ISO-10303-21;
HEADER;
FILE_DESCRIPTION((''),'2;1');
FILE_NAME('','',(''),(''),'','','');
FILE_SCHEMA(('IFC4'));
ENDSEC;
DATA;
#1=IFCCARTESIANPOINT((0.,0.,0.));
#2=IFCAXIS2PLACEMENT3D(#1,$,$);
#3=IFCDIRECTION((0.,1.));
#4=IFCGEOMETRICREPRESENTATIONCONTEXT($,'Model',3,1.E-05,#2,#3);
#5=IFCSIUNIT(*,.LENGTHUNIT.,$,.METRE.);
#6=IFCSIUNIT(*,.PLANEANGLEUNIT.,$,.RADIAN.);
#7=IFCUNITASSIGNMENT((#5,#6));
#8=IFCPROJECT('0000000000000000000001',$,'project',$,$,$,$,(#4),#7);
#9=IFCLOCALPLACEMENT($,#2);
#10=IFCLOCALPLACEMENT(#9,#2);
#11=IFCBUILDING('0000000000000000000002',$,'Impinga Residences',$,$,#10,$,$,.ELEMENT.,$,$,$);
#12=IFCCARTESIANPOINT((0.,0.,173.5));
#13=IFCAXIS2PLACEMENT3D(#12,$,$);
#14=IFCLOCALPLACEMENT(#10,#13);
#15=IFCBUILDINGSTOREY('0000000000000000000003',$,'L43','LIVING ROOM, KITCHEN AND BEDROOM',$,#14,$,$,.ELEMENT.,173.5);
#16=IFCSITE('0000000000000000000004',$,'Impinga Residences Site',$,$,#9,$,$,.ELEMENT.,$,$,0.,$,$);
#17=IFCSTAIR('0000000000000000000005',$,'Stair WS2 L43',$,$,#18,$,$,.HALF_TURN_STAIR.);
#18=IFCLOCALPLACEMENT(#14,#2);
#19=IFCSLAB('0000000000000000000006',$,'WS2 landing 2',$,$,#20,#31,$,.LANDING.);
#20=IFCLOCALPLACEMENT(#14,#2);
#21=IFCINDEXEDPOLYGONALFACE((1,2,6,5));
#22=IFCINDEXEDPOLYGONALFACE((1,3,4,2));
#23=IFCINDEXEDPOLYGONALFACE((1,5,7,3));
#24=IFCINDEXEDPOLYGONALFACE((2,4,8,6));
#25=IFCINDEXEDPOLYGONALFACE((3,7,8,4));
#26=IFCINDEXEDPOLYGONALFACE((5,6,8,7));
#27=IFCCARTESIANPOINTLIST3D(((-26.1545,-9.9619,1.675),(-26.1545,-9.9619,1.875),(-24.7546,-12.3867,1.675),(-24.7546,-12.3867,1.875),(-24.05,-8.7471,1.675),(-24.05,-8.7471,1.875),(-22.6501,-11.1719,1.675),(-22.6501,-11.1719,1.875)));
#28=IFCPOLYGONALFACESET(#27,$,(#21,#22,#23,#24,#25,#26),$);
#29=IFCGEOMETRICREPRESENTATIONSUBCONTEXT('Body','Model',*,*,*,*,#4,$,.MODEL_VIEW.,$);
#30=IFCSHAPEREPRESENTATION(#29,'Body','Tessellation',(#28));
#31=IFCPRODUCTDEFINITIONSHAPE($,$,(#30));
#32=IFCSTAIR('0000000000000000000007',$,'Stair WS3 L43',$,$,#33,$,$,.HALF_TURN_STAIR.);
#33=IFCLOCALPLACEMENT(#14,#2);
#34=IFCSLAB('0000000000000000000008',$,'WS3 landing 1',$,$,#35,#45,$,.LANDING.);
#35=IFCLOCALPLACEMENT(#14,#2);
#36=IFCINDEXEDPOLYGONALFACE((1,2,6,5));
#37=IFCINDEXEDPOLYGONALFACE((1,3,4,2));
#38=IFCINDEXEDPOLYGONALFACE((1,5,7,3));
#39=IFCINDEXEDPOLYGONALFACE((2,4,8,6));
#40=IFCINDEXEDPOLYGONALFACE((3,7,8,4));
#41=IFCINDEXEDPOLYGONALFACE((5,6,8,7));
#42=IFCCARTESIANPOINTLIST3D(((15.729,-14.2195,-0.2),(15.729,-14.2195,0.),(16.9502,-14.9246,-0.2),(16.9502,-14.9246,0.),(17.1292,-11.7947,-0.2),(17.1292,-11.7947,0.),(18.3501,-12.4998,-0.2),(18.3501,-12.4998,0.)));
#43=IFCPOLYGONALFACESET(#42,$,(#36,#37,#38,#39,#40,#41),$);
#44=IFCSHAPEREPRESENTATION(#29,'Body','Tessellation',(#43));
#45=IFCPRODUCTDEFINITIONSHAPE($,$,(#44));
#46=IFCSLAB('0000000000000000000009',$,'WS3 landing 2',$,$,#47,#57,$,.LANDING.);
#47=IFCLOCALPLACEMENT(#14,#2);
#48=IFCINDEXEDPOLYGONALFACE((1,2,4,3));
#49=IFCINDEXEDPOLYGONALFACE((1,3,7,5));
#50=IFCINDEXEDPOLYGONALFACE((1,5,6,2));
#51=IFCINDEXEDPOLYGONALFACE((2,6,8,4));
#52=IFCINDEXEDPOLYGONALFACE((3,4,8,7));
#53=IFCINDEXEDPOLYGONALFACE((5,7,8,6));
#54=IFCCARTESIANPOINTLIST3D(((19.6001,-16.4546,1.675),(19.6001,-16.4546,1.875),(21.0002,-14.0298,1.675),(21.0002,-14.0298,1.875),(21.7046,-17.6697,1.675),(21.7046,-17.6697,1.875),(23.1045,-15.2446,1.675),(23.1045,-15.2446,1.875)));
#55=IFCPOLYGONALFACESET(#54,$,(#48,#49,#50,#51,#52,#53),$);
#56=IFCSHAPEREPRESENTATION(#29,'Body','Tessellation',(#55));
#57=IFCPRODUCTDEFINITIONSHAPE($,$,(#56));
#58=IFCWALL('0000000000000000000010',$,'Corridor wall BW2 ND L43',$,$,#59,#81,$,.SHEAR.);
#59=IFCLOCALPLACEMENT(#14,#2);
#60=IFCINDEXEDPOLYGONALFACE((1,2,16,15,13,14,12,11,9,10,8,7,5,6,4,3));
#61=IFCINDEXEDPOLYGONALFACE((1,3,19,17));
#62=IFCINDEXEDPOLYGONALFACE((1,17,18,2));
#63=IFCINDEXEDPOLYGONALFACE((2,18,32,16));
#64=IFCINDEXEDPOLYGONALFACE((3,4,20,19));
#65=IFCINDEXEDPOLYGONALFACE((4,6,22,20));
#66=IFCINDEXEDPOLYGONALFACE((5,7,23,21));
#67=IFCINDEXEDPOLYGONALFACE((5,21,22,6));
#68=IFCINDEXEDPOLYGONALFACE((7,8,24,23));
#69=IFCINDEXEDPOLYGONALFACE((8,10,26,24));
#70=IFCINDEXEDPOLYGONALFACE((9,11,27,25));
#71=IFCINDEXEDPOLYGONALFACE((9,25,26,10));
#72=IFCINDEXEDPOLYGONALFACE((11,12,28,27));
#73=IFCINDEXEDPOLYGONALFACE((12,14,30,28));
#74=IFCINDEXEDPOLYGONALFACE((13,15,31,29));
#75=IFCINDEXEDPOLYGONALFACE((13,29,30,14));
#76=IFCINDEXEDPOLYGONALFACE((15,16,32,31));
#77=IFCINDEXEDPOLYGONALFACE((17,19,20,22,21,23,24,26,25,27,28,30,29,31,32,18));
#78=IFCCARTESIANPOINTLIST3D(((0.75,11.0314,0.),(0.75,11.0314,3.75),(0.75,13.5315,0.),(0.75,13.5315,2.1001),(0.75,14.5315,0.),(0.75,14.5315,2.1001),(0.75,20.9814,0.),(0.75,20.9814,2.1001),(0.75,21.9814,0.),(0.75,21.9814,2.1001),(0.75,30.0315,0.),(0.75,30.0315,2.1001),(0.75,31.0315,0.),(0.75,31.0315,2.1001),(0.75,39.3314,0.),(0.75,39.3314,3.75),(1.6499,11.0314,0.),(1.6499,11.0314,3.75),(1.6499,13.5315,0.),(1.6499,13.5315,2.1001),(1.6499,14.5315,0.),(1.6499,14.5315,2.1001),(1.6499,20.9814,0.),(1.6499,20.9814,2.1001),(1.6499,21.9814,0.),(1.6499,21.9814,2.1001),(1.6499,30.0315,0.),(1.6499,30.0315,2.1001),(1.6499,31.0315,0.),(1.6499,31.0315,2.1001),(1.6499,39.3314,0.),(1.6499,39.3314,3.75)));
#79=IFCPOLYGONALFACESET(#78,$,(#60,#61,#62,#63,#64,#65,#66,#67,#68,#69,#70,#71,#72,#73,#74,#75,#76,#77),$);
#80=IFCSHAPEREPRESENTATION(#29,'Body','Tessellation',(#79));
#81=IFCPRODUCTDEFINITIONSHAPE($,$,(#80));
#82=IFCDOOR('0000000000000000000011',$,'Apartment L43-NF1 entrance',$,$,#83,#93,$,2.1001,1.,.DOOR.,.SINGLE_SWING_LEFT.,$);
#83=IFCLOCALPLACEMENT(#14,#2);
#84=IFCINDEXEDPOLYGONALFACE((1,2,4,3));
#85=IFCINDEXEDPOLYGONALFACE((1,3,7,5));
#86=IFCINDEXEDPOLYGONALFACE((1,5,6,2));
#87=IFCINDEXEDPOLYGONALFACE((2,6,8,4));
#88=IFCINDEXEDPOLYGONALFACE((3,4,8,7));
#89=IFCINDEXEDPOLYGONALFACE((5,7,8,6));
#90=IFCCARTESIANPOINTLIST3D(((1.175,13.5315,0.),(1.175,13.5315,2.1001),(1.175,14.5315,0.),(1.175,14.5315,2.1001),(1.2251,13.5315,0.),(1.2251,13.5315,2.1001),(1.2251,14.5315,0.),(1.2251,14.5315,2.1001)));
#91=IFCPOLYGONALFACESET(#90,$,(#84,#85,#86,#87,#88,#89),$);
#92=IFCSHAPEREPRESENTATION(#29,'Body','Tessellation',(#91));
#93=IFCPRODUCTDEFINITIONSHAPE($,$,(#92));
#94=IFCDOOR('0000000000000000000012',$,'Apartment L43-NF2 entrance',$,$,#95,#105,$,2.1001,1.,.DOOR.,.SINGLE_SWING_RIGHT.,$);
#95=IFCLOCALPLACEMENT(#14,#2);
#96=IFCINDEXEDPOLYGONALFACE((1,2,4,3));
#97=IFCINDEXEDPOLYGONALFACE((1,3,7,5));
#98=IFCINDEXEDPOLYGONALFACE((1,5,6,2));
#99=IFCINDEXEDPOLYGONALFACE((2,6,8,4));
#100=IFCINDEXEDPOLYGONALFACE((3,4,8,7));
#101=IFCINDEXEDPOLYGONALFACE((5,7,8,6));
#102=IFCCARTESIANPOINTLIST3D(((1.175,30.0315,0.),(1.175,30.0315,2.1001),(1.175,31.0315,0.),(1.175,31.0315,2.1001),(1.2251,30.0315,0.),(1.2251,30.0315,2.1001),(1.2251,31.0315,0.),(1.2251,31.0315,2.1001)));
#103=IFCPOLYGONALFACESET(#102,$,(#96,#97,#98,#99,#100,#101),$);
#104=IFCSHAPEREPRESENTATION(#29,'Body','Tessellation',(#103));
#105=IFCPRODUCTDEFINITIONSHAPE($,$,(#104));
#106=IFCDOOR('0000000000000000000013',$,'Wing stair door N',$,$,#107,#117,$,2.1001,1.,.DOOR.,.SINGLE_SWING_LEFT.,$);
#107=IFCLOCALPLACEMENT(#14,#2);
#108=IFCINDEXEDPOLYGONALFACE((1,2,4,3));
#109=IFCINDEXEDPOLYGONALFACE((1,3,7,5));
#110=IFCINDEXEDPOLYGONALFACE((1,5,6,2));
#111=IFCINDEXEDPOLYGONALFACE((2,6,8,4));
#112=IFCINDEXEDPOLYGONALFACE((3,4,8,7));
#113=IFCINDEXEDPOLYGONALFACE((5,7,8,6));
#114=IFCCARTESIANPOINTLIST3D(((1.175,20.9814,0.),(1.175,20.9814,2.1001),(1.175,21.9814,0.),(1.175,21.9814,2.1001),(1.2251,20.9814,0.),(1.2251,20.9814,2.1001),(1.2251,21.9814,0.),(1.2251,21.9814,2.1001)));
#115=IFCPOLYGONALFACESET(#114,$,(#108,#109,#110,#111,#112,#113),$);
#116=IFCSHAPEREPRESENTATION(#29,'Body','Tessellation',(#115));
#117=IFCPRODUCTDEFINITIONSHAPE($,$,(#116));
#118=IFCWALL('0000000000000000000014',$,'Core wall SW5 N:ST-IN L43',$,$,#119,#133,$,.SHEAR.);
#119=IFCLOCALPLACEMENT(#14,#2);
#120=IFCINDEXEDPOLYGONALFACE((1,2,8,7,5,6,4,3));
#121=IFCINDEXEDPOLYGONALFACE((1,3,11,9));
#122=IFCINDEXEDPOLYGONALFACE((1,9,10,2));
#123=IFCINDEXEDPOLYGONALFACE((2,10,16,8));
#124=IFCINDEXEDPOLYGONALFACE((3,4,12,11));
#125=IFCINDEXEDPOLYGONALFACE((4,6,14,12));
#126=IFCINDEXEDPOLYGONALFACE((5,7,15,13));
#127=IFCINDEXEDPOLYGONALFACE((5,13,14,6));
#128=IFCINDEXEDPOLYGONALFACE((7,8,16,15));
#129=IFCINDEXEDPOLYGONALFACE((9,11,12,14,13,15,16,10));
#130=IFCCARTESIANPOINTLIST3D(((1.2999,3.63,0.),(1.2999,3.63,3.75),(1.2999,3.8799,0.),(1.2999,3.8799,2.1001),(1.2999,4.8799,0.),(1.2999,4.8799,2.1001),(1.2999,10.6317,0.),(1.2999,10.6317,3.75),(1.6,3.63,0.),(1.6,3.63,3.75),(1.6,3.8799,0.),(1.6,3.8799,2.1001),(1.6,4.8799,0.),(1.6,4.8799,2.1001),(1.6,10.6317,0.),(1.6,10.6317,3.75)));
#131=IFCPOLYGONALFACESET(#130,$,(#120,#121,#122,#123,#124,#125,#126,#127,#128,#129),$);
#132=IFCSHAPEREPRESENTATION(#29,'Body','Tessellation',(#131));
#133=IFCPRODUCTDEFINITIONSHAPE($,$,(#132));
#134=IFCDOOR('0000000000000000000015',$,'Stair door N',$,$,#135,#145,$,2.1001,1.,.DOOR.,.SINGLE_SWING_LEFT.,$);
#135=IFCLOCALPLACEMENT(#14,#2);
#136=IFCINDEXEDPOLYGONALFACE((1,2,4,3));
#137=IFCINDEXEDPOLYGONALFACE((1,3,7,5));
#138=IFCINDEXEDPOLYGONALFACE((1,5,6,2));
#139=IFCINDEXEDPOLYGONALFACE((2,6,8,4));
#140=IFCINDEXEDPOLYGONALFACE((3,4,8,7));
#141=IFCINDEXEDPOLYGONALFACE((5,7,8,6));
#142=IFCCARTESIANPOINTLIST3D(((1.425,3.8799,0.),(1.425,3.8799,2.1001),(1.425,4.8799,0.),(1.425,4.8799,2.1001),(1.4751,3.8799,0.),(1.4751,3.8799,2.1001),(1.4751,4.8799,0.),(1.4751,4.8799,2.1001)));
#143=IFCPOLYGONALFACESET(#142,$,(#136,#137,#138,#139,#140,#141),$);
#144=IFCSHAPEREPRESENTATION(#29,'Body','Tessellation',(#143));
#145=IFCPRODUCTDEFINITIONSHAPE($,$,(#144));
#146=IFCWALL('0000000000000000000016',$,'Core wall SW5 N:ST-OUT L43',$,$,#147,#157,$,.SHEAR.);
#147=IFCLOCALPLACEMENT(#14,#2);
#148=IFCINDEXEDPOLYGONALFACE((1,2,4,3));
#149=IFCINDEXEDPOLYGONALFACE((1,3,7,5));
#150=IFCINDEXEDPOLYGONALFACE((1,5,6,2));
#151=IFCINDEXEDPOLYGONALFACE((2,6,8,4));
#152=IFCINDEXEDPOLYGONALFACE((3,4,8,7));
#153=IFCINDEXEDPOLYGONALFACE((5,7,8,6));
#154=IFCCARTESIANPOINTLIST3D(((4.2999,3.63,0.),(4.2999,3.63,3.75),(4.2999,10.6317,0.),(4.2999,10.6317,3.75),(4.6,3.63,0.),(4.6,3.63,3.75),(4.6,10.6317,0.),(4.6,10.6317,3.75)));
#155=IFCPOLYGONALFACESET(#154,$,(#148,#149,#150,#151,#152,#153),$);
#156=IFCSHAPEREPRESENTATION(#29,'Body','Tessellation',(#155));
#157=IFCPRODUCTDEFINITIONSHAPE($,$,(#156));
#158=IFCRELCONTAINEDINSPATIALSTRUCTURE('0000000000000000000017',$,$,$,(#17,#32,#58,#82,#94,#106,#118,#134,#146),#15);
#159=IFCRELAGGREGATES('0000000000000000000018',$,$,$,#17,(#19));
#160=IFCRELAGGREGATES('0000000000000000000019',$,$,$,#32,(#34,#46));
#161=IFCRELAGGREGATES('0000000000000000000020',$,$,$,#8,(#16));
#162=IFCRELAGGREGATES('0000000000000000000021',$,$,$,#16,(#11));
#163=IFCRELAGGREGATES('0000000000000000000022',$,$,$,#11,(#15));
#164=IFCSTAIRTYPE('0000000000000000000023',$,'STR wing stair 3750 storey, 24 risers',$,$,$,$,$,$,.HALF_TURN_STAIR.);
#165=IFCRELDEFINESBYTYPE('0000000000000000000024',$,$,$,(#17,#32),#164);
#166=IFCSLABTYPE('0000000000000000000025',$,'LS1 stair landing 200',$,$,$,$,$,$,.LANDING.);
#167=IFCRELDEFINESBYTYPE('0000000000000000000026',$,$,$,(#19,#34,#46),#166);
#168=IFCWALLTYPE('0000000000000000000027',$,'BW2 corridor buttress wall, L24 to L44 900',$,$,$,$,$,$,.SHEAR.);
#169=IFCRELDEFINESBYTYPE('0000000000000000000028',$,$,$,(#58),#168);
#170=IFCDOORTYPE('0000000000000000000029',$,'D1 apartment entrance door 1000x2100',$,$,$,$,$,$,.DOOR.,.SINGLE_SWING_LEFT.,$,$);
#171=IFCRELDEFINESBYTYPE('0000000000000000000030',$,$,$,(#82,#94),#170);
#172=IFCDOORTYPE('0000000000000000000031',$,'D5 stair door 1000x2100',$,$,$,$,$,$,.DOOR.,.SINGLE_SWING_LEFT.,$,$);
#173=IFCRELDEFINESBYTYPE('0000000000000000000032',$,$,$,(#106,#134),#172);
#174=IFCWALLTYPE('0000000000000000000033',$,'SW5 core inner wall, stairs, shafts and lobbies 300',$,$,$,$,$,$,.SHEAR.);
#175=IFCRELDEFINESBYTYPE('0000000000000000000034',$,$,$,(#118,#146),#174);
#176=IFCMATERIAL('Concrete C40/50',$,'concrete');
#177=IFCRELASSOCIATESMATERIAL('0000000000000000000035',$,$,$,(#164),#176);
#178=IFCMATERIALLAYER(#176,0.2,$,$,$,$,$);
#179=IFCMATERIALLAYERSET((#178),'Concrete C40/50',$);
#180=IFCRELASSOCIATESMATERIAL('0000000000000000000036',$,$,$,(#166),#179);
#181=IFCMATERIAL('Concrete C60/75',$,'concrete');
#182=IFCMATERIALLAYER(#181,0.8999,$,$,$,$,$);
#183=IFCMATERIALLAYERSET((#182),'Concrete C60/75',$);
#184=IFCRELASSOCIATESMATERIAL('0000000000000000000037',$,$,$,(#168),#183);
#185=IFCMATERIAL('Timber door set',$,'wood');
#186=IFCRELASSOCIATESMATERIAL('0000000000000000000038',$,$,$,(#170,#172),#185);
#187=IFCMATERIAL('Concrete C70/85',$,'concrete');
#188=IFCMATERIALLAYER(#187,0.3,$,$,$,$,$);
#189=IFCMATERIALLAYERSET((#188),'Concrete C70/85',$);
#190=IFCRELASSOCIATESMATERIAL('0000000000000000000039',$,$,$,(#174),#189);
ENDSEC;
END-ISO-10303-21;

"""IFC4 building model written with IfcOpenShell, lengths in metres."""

from ifc_helpers import new_model, si_unit, direction, frame, frame_2d, origin, place, context, subcontext, project, spatial, polyline, rectangle, outline, extrude, material, layer, layer_set, type_object, element, fill, aggregate, save


model = new_model("IFC4")

# Units and contexts
model_context = context("Model", 3, precision=1e-05, world=origin(), true_north=direction((0.0, 1.0)))
body_context = subcontext(model_context, "Body", "Model", "MODEL_VIEW")
ifc_project = project(units=[si_unit("LENGTHUNIT", "METRE"), si_unit("PLANEANGLEUNIT", "RADIAN")], contexts=[model_context])

# Site, building, storey
site_placement = place(None, origin())
site = spatial("IfcSite", under=ifc_project, at=site_placement, Name="Impinga Residences Site", CompositionType="ELEMENT", RefElevation=0.0)
building_placement = place(site_placement, origin())
building = spatial("IfcBuilding", under=site, at=building_placement, Name="Impinga Residences", CompositionType="ELEMENT")
storey_placement = place(building_placement, frame((0.0, 0.0, 173.5)))
storey = spatial("IfcBuildingStorey", under=building, at=storey_placement, Name="L43", Description="LIVING ROOM, KITCHEN AND BEDROOM", CompositionType="ELEMENT", Elevation=173.5)

# Stair, slab
ifc_material_1 = material(Name="Concrete C40/50", Category="concrete")
stair_type_1 = type_object("IfcStairType", Name="STR wing stair 3750 storey, 24 risers", PredefinedType="HALF_TURN_STAIR", material=ifc_material_1)
stair_1_placement = place(storey_placement, origin())
stair_1 = element("IfcStair", 1, at=stair_1_placement, inside=storey, type_object=stair_type_1, Name="Stair WS2 L43", PredefinedType="HALF_TURN_STAIR")
ifc_layer_1 = layer(ifc_material_1, 0.2)
ifc_layer_set_1 = layer_set([ifc_layer_1], Name="Concrete C40/50")
slab_type = type_object("IfcSlabType", Name="LS1 stair landing 200", PredefinedType="LANDING", material=ifc_layer_set_1)
slab_1_placement = place(storey_placement, frame((0.0, 0.0, 1.675)))
slab_1 = element("IfcSlab", 2, at=slab_1_placement, type_object=slab_type, Name="WS2 landing 2", PredefinedType="LANDING", context=body_context, shape_type="SweptSolid", body=[
    extrude(outline(polyline([(-22.6501, -11.1719), (-24.05, -8.7471), (-26.1545, -9.9619), (-24.7546, -12.3867), (-22.6501, -11.1719)])), origin(), (0.0, 0.0, 1.0), 0.2),
])
aggregate(stair_1, [slab_1])

# Stair, slabs
stair_2_placement = place(storey_placement, origin())
stair_2 = element("IfcStair", 3, at=stair_2_placement, inside=storey, type_object=stair_type_1, Name="Stair WS3 L43", PredefinedType="HALF_TURN_STAIR")
slab_2_placement = place(storey_placement, frame((0.0, 0.0, -0.2)))
slab_2 = element("IfcSlab", 4, at=slab_2_placement, type_object=slab_type, Name="WS3 landing 1", PredefinedType="LANDING", context=body_context, shape_type="SweptSolid", body=[
    extrude(outline(polyline([(17.1292, -11.7947), (15.729, -14.2195), (16.9502, -14.9246), (18.3501, -12.4998), (17.1292, -11.7947)])), origin(), (0.0, 0.0, 1.0), 0.2),
])
slab_3_placement = place(storey_placement, frame((0.0, 0.0, 1.675)))
slab_3 = element("IfcSlab", 5, at=slab_3_placement, type_object=slab_type, Name="WS3 landing 2", PredefinedType="LANDING", context=body_context, shape_type="SweptSolid", body=[
    extrude(outline(polyline([(21.0002, -14.0298), (19.6001, -16.4546), (21.7046, -17.6697), (23.1045, -15.2446), (21.0002, -14.0298)])), origin(), (0.0, 0.0, 1.0), 0.2),
])
aggregate(stair_2, [slab_2, slab_3])

# Wall, openings, doors
ifc_material_2 = material(Name="Concrete C60/75", Category="concrete")
ifc_layer_2 = layer(ifc_material_2, 0.8999)
ifc_layer_set_2 = layer_set([ifc_layer_2], Name="Concrete C60/75")
wall_type_1 = type_object("IfcWallType", Name="BW2 corridor buttress wall, L24 to L44 900", PredefinedType="SHEAR", material=ifc_layer_set_2)
wall_1_placement = place(storey_placement, frame((1.2, 11.0315, 0.0), z_axis=(0.0, 0.0, 1.0), x_axis=(0.0, 1.0, 0.0)))
wall_1 = element("IfcWall", 6, at=wall_1_placement, inside=storey, type_object=wall_type_1, Name="Corridor wall BW2 ND L43", PredefinedType="SHEAR", context=body_context, shape_type="SweptSolid", body=[
    extrude(rectangle(XDim=28.3, YDim=0.8999, at=frame_2d((14.1499, 0.0))), origin(), (0.0, 0.0, 1.0), 3.75),
])
opening_1_placement = place(wall_1_placement, frame((9.95, 0.0, 0.0)))
opening_1 = element("IfcOpeningElement", 7, at=opening_1_placement, cuts=wall_1, PredefinedType="OPENING", context=body_context, shape_type="SweptSolid", body=[
    extrude(rectangle(XDim=1.0, YDim=2.1001, at=frame_2d((0.5, 1.05))), frame((0.0, 0.46, 0.0), z_axis=(0.0, -1.0, 0.0), x_axis=(1.0, 0.0, 0.0)), (0.0, 0.0, 1.0), 0.9199),
])
opening_2_placement = place(wall_1_placement, frame((2.5, 0.0, 0.0)))
opening_2 = element("IfcOpeningElement", 8, at=opening_2_placement, cuts=wall_1, PredefinedType="OPENING", context=body_context, shape_type="SweptSolid", body=[
    extrude(rectangle(XDim=1.0, YDim=2.1001, at=frame_2d((0.5, 1.05))), frame((0.0, 0.46, 0.0), z_axis=(0.0, -1.0, 0.0), x_axis=(1.0, 0.0, 0.0)), (0.0, 0.0, 1.0), 0.9199),
])
opening_3_placement = place(wall_1_placement, frame((19.0, 0.0, 0.0)))
opening_3 = element("IfcOpeningElement", 9, at=opening_3_placement, cuts=wall_1, PredefinedType="OPENING", context=body_context, shape_type="SweptSolid", body=[
    extrude(rectangle(XDim=1.0, YDim=2.1001, at=frame_2d((0.5, 1.05))), frame((0.0, 0.46, 0.0), z_axis=(0.0, -1.0, 0.0), x_axis=(1.0, 0.0, 0.0)), (0.0, 0.0, 1.0), 0.9199),
])
ifc_material_3 = material(Name="Timber door set", Category="wood")
door_type_1 = type_object("IfcDoorType", Name="D1 apartment entrance door 1000x2100", OperationType="SINGLE_SWING_LEFT", PredefinedType="DOOR", material=ifc_material_3)
door_1_placement = place(opening_2_placement, origin())
door_1 = element("IfcDoor", 10, at=door_1_placement, inside=storey, type_object=door_type_1, Name="Apartment L43-NF1 entrance", OperationType="SINGLE_SWING_LEFT", OverallHeight=2.1001, OverallWidth=1.0, PredefinedType="DOOR", context=body_context, shape_type="SweptSolid", body=[
    extrude(rectangle(XDim=1.0, YDim=2.1001, at=frame_2d((0.5, 1.05))), frame((0.0, 0.0249, 0.0), z_axis=(0.0, -1.0, 0.0), x_axis=(1.0, 0.0, 0.0)), (0.0, 0.0, 1.0), 0.05),
])
fill(opening_2, door_1)
door_2_placement = place(opening_3_placement, origin())
door_2 = element("IfcDoor", 11, at=door_2_placement, inside=storey, type_object=door_type_1, Name="Apartment L43-NF2 entrance", OperationType="SINGLE_SWING_RIGHT", OverallHeight=2.1001, OverallWidth=1.0, PredefinedType="DOOR", context=body_context, shape_type="SweptSolid", body=[
    extrude(rectangle(XDim=1.0, YDim=2.1001, at=frame_2d((0.5, 1.05))), frame((0.0, 0.0249, 0.0), z_axis=(0.0, -1.0, 0.0), x_axis=(1.0, 0.0, 0.0)), (0.0, 0.0, 1.0), 0.05),
])
fill(opening_3, door_2)
door_type_2 = type_object("IfcDoorType", Name="D5 stair door 1000x2100", OperationType="SINGLE_SWING_LEFT", PredefinedType="DOOR", material=ifc_material_3)
door_3_placement = place(opening_1_placement, origin())
door_3 = element("IfcDoor", 12, at=door_3_placement, inside=storey, type_object=door_type_2, Name="Wing stair door N", OperationType="SINGLE_SWING_LEFT", OverallHeight=2.1001, OverallWidth=1.0, PredefinedType="DOOR", context=body_context, shape_type="SweptSolid", body=[
    extrude(rectangle(XDim=1.0, YDim=2.1001, at=frame_2d((0.5, 1.05))), frame((0.0, 0.0249, 0.0), z_axis=(0.0, -1.0, 0.0), x_axis=(1.0, 0.0, 0.0)), (0.0, 0.0, 1.0), 0.05),
])
fill(opening_1, door_3)

# Wall, opening, door
ifc_material_4 = material(Name="Concrete C70/85", Category="concrete")
ifc_layer_3 = layer(ifc_material_4, 0.3)
ifc_layer_set_3 = layer_set([ifc_layer_3], Name="Concrete C70/85")
wall_type_2 = type_object("IfcWallType", Name="SW5 core inner wall, stairs, shafts and lobbies 300", PredefinedType="SHEAR", material=ifc_layer_set_3)
wall_2_placement = place(storey_placement, frame((1.45, 3.6299, 0.0), z_axis=(0.0, 0.0, 1.0), x_axis=(0.0, 1.0, 0.0)))
wall_2 = element("IfcWall", 13, at=wall_2_placement, inside=storey, type_object=wall_type_2, Name="Core wall SW5 N:ST-IN L43", PredefinedType="SHEAR", context=body_context, shape_type="SweptSolid", body=[
    extrude(rectangle(XDim=7.0017, YDim=0.3, at=frame_2d((3.501, 0.0))), origin(), (0.0, 0.0, 1.0), 3.75),
])
opening_4_placement = place(wall_2_placement, frame((0.25, 0.0, 0.0)))
opening_4 = element("IfcOpeningElement", 14, at=opening_4_placement, cuts=wall_2, PredefinedType="OPENING", context=body_context, shape_type="SweptSolid", body=[
    extrude(rectangle(XDim=1.0, YDim=2.1001, at=frame_2d((0.5, 1.05))), frame((0.0, 0.1599, 0.0), z_axis=(0.0, -1.0, 0.0), x_axis=(1.0, 0.0, 0.0)), (0.0, 0.0, 1.0), 0.3201),
])
door_4_placement = place(opening_4_placement, origin())
door_4 = element("IfcDoor", 15, at=door_4_placement, inside=storey, type_object=door_type_2, Name="Stair door N", OperationType="SINGLE_SWING_LEFT", OverallHeight=2.1001, OverallWidth=1.0, PredefinedType="DOOR", context=body_context, shape_type="SweptSolid", body=[
    extrude(rectangle(XDim=1.0, YDim=2.1001, at=frame_2d((0.5, 1.05))), frame((0.0, 0.0249, 0.0), z_axis=(0.0, -1.0, 0.0), x_axis=(1.0, 0.0, 0.0)), (0.0, 0.0, 1.0), 0.05),
])
fill(opening_4, door_4)

# Wall
wall_3_placement = place(storey_placement, frame((4.45, 3.6299, 0.0), z_axis=(0.0, 0.0, 1.0), x_axis=(0.0, 1.0, 0.0)))
element("IfcWall", 16, at=wall_3_placement, inside=storey, type_object=wall_type_2, Name="Core wall SW5 N:ST-OUT L43", PredefinedType="SHEAR", context=body_context, shape_type="SweptSolid", body=[
    extrude(rectangle(XDim=7.0017, YDim=0.3, at=frame_2d((3.501, 0.0))), origin(), (0.0, 0.0, 1.0), 3.75),
])

save(model, "model.ifc")
